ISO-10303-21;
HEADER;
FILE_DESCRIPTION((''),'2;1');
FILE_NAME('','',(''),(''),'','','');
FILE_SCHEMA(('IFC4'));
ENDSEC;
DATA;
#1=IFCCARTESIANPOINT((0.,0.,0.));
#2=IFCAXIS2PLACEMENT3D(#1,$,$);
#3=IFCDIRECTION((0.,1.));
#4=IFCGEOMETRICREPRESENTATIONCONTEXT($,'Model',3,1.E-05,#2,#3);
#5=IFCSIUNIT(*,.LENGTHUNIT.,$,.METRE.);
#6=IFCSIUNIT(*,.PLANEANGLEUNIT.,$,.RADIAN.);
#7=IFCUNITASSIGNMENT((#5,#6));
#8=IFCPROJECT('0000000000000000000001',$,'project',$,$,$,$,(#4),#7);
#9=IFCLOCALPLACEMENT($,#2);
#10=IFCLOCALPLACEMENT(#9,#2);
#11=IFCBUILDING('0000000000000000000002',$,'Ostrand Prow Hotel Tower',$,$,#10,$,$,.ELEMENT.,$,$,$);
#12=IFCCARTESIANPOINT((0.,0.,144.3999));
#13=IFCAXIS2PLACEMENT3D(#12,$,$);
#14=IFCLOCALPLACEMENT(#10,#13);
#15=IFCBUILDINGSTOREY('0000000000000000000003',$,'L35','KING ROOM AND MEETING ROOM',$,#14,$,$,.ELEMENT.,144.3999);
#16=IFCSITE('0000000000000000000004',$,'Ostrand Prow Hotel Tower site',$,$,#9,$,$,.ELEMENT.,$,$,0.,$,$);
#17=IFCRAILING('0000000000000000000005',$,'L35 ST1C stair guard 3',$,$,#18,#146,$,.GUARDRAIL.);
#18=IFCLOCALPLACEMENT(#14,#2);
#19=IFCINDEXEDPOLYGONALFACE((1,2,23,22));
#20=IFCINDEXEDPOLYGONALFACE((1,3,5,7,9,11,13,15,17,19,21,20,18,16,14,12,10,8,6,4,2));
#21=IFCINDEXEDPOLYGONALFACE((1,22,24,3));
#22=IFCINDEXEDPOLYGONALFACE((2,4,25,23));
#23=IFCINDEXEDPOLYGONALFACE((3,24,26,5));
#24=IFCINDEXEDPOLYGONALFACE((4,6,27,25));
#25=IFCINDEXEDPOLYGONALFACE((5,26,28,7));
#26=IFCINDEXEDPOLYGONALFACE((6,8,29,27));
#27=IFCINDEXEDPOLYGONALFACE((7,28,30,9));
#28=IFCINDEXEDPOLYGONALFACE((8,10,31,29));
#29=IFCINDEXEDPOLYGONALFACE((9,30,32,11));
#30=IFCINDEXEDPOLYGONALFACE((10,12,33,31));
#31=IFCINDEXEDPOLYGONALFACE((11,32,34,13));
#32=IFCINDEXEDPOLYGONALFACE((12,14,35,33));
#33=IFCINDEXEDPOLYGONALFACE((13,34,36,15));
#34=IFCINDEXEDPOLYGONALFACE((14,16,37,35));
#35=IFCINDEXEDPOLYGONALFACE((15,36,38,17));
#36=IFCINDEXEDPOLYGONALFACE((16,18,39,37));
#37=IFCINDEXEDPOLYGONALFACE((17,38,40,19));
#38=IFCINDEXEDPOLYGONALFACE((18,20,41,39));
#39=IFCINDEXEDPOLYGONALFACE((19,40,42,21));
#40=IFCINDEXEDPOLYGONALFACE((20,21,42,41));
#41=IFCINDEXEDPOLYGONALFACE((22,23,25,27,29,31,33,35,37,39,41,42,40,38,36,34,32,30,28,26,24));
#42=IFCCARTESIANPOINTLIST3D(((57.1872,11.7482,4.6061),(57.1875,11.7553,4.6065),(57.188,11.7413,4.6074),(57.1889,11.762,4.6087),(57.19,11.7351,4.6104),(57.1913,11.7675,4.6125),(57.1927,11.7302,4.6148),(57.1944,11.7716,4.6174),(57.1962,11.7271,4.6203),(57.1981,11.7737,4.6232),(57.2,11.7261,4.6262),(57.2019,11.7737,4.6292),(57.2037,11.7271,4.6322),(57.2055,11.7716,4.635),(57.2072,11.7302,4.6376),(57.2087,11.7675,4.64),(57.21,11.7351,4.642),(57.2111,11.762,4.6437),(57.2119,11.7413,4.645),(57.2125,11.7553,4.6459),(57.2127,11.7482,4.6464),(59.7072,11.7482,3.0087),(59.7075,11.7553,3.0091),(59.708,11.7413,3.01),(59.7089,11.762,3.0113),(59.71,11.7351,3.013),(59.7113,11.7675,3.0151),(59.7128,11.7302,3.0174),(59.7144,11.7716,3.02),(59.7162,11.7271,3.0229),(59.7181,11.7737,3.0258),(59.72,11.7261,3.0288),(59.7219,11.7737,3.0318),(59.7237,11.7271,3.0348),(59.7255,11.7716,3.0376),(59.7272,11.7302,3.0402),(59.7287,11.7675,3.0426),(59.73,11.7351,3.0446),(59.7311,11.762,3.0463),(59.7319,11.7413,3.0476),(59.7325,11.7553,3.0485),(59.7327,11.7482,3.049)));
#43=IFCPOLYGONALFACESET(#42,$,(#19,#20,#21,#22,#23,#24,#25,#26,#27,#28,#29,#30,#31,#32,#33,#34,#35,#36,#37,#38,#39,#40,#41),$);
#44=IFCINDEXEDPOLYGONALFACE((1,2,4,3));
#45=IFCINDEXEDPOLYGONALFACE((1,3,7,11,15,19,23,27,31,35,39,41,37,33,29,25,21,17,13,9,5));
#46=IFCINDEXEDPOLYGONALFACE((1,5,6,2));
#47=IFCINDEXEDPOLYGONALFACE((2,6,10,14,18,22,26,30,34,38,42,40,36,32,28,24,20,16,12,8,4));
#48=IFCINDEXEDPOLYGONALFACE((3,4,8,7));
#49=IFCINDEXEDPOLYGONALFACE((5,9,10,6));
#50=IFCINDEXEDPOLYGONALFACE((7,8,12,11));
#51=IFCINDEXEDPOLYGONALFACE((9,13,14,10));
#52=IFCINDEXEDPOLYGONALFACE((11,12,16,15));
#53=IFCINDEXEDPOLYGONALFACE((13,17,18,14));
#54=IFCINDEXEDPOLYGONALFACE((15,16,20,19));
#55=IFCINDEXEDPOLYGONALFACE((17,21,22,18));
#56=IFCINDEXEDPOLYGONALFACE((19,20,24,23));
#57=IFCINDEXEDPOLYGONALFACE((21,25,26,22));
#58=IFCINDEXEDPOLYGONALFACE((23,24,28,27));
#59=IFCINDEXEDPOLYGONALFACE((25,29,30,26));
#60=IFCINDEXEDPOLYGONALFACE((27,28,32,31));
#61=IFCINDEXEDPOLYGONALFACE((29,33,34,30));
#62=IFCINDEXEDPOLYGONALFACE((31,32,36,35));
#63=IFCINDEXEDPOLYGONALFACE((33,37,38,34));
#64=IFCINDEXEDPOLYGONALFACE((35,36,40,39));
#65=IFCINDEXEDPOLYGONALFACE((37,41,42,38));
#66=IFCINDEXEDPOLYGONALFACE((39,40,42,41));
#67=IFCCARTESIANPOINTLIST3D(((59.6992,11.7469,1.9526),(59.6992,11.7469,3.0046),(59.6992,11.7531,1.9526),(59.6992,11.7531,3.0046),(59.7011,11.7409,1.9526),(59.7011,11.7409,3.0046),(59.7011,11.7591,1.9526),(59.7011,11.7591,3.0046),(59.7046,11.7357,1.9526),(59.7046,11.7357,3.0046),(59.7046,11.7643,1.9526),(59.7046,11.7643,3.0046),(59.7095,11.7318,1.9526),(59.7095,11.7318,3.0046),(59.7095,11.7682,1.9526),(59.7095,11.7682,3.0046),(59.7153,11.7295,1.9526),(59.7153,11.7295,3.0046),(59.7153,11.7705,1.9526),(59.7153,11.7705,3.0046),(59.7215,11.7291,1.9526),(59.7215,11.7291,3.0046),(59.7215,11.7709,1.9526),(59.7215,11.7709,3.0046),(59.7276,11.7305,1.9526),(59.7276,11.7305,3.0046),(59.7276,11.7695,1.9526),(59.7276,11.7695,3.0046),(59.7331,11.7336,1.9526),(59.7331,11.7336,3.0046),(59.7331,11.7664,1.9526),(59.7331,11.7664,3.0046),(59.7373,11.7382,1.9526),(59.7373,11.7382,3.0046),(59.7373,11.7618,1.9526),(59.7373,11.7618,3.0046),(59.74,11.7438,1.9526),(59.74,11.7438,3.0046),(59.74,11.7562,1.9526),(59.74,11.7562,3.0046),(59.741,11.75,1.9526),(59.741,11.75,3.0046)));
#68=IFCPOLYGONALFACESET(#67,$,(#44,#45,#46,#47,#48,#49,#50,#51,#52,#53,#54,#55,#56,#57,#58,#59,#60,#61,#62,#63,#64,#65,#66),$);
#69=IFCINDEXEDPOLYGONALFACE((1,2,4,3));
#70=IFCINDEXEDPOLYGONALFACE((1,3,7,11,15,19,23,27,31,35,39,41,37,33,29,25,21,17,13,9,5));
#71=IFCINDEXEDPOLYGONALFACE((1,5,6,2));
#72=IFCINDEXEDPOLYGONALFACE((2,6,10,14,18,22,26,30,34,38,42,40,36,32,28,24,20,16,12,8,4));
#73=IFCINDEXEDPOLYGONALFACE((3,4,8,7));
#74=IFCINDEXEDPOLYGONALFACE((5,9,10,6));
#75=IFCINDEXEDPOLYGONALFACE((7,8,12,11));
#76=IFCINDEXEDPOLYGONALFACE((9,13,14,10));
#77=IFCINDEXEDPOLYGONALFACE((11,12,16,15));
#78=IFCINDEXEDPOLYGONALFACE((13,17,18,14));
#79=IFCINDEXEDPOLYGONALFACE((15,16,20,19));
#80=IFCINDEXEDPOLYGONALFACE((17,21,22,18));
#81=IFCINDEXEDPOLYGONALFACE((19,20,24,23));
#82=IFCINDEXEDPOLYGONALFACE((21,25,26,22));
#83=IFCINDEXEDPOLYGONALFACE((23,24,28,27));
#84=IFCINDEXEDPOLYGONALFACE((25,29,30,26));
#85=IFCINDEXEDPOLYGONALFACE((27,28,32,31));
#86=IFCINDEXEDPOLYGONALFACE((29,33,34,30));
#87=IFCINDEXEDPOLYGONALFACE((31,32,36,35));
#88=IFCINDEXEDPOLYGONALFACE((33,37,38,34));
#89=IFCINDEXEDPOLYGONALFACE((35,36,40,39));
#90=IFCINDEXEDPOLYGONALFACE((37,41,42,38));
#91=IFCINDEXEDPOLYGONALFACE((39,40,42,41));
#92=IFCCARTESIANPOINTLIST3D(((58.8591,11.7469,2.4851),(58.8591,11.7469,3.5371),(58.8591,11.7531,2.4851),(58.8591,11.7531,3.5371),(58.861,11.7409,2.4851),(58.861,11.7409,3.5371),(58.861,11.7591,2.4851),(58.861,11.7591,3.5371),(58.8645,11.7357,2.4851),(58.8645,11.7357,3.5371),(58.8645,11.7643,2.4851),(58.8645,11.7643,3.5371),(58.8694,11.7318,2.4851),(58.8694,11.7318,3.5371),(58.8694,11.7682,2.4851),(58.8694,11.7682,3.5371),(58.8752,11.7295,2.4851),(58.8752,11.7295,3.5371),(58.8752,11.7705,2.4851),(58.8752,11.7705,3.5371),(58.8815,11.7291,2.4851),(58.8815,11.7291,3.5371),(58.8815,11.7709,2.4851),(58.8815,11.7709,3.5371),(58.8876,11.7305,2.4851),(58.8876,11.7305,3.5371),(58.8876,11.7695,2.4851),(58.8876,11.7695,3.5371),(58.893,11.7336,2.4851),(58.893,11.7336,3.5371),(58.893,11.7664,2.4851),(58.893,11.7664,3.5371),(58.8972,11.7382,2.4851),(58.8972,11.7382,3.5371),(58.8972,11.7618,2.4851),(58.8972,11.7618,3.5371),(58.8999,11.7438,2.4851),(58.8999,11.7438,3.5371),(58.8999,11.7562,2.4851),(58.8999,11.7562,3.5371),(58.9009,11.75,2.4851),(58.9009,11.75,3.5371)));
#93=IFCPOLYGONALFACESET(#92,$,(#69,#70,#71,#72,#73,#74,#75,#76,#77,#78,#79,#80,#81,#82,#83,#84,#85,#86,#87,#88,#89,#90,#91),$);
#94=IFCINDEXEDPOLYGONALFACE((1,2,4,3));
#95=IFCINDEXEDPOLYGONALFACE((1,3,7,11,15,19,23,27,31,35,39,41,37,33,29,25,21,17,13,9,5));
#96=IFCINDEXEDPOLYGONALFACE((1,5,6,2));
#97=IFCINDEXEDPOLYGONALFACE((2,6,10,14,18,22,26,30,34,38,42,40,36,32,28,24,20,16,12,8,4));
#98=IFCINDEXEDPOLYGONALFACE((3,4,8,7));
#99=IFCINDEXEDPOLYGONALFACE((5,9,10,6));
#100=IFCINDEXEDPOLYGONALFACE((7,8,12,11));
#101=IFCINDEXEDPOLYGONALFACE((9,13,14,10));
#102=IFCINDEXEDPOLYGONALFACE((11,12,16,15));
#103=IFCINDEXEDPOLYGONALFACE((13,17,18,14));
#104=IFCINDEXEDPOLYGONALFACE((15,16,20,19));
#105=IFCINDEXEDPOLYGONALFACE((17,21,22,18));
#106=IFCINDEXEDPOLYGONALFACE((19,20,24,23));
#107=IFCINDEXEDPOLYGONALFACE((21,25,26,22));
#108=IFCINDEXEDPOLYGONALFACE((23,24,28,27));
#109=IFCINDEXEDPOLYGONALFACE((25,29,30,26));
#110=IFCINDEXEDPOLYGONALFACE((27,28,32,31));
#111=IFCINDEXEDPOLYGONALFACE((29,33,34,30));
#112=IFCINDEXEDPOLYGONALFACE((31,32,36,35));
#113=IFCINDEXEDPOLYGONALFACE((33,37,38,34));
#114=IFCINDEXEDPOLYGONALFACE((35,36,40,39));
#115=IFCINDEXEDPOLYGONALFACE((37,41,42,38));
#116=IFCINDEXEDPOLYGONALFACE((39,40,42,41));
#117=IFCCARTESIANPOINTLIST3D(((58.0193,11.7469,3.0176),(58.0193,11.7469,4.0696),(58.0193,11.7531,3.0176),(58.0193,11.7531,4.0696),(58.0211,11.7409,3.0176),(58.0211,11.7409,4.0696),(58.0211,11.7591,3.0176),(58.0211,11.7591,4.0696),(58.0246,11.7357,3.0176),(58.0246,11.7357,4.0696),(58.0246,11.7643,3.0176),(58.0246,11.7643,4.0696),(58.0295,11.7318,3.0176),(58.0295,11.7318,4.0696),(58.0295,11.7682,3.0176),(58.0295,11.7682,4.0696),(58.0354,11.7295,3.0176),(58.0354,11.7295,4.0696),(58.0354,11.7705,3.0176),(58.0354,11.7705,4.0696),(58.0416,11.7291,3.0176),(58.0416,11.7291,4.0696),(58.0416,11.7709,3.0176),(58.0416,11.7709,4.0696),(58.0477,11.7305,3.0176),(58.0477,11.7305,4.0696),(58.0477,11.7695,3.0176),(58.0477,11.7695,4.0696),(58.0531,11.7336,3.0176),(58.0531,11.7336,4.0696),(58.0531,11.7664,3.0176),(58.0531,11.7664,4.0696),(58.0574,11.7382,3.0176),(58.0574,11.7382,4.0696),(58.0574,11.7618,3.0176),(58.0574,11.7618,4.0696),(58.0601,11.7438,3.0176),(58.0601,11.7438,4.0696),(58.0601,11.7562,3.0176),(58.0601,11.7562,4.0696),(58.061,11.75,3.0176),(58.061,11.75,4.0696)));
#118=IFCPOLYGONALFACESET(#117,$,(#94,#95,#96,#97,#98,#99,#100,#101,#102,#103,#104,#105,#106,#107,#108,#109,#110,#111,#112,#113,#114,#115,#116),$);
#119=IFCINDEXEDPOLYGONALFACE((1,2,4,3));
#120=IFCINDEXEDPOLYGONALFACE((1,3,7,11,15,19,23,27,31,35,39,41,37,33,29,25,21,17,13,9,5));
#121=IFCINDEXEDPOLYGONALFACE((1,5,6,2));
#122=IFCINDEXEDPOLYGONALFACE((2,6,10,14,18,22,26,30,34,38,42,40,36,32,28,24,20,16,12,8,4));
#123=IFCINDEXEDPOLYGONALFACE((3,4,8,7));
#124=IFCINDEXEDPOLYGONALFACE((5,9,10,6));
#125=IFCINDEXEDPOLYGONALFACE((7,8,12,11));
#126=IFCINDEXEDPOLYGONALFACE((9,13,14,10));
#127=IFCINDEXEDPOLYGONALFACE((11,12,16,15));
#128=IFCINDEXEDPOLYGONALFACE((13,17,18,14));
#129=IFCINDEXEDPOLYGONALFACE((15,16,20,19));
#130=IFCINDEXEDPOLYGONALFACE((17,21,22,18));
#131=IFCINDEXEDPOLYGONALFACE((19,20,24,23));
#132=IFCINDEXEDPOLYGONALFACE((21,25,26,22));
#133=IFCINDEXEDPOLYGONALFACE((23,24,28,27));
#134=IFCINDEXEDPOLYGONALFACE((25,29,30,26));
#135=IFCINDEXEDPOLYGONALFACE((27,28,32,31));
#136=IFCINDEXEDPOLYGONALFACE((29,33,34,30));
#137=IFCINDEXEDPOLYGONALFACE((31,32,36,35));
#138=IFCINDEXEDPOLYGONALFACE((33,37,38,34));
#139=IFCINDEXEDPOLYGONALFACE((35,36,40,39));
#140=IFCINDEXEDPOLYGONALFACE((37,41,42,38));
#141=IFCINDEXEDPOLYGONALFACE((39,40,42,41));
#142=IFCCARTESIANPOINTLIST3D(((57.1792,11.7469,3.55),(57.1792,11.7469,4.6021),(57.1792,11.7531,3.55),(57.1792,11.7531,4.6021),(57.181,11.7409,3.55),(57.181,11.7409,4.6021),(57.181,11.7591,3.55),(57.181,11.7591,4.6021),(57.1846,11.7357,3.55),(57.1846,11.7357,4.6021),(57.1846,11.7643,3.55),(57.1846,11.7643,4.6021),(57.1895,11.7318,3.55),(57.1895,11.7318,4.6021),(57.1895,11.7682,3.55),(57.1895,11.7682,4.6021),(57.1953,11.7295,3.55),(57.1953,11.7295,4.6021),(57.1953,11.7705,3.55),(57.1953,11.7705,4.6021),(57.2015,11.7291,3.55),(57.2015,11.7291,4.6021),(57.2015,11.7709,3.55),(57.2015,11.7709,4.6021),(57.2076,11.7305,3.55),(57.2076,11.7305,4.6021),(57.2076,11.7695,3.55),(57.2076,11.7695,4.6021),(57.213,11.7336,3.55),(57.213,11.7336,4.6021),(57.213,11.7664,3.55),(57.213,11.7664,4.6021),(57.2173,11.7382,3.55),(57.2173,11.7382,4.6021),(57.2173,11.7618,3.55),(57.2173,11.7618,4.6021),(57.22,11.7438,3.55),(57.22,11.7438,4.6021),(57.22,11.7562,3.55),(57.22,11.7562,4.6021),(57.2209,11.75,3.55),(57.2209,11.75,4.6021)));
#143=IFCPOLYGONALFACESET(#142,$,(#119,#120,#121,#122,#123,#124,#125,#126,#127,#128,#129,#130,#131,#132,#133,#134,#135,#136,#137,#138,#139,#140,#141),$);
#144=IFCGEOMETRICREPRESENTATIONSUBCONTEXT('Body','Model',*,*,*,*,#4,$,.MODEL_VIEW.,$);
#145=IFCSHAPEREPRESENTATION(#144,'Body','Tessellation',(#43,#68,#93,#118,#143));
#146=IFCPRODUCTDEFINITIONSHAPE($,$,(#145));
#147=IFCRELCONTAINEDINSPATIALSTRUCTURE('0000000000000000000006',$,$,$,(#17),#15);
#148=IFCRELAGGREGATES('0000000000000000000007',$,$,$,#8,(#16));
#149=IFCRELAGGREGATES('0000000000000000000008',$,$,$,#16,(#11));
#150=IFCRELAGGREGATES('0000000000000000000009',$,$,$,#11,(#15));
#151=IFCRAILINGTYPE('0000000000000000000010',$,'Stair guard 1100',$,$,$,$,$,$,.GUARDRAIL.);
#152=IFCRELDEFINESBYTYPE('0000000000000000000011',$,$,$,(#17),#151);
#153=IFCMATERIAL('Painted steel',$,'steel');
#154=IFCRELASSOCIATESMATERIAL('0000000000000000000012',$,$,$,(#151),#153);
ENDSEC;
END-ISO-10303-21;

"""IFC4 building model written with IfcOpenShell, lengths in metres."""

from ifc_helpers import new_model, si_unit, direction, frame, origin, origin_2d, place, context, subcontext, project, spatial, circle, extrude, material, type_object, element, save


model = new_model("IFC4")

# Units and contexts
model_context = context("Model", 3, precision=1e-05, world=origin(), true_north=direction((0.0, 1.0)))
body_context = subcontext(model_context, "Body", "Model", "MODEL_VIEW")
ifc_project = project(units=[si_unit("LENGTHUNIT", "METRE"), si_unit("PLANEANGLEUNIT", "RADIAN")], contexts=[model_context])

# Site, building, storey
site_placement = place(None, origin())
site = spatial("IfcSite", under=ifc_project, at=site_placement, Name="Ostrand Prow Hotel Tower site", CompositionType="ELEMENT", RefElevation=0.0)
building_placement = place(site_placement, origin())
building = spatial("IfcBuilding", under=site, at=building_placement, Name="Ostrand Prow Hotel Tower", CompositionType="ELEMENT")
storey_placement = place(building_placement, frame((0.0, 0.0, 144.3999)))
storey = spatial("IfcBuildingStorey", under=building, at=storey_placement, Name="L35", Description="KING ROOM AND MEETING ROOM", CompositionType="ELEMENT", Elevation=144.3999)

# Railing
ifc_material_1 = material(Name="Painted steel", Category="steel")
railing_type_1 = type_object("IfcRailingType", Name="Stair guard 1100", PredefinedType="GUARDRAIL", material=ifc_material_1)
railing_1_placement = place(storey_placement, frame((59.72, 11.75, 1.9526)))
element("IfcRailing", 1, at=railing_1_placement, inside=storey, type_object=railing_type_1, Name="L35 ST1C stair guard 3", PredefinedType="GUARDRAIL", context=body_context, shape_type="SweptSolid", body=[
    extrude(circle(Radius=0.0239, at=origin_2d()), frame((0.0, 0.0, 1.0762), z_axis=(-0.844607, 0.0, 0.535387), x_axis=(0.0, -1.0, 0.0)), (0.0, 0.0, 1.0), 2.9836),
    extrude(circle(Radius=0.021, at=origin_2d()), origin(), (0.0, 0.0, 1.0), 1.052),
    extrude(circle(Radius=0.021, at=origin_2d()), frame((-0.8401, 0.0, 0.5325)), (0.0, 0.0, 1.0), 1.052),
    extrude(circle(Radius=0.021, at=origin_2d()), frame((-1.6799, 0.0, 1.0649)), (0.0, 0.0, 1.0), 1.052),
    extrude(circle(Radius=0.021, at=origin_2d()), frame((-2.52, 0.0, 1.5974)), (0.0, 0.0, 1.0), 1.052),
])

save(model, "model.ifc")
